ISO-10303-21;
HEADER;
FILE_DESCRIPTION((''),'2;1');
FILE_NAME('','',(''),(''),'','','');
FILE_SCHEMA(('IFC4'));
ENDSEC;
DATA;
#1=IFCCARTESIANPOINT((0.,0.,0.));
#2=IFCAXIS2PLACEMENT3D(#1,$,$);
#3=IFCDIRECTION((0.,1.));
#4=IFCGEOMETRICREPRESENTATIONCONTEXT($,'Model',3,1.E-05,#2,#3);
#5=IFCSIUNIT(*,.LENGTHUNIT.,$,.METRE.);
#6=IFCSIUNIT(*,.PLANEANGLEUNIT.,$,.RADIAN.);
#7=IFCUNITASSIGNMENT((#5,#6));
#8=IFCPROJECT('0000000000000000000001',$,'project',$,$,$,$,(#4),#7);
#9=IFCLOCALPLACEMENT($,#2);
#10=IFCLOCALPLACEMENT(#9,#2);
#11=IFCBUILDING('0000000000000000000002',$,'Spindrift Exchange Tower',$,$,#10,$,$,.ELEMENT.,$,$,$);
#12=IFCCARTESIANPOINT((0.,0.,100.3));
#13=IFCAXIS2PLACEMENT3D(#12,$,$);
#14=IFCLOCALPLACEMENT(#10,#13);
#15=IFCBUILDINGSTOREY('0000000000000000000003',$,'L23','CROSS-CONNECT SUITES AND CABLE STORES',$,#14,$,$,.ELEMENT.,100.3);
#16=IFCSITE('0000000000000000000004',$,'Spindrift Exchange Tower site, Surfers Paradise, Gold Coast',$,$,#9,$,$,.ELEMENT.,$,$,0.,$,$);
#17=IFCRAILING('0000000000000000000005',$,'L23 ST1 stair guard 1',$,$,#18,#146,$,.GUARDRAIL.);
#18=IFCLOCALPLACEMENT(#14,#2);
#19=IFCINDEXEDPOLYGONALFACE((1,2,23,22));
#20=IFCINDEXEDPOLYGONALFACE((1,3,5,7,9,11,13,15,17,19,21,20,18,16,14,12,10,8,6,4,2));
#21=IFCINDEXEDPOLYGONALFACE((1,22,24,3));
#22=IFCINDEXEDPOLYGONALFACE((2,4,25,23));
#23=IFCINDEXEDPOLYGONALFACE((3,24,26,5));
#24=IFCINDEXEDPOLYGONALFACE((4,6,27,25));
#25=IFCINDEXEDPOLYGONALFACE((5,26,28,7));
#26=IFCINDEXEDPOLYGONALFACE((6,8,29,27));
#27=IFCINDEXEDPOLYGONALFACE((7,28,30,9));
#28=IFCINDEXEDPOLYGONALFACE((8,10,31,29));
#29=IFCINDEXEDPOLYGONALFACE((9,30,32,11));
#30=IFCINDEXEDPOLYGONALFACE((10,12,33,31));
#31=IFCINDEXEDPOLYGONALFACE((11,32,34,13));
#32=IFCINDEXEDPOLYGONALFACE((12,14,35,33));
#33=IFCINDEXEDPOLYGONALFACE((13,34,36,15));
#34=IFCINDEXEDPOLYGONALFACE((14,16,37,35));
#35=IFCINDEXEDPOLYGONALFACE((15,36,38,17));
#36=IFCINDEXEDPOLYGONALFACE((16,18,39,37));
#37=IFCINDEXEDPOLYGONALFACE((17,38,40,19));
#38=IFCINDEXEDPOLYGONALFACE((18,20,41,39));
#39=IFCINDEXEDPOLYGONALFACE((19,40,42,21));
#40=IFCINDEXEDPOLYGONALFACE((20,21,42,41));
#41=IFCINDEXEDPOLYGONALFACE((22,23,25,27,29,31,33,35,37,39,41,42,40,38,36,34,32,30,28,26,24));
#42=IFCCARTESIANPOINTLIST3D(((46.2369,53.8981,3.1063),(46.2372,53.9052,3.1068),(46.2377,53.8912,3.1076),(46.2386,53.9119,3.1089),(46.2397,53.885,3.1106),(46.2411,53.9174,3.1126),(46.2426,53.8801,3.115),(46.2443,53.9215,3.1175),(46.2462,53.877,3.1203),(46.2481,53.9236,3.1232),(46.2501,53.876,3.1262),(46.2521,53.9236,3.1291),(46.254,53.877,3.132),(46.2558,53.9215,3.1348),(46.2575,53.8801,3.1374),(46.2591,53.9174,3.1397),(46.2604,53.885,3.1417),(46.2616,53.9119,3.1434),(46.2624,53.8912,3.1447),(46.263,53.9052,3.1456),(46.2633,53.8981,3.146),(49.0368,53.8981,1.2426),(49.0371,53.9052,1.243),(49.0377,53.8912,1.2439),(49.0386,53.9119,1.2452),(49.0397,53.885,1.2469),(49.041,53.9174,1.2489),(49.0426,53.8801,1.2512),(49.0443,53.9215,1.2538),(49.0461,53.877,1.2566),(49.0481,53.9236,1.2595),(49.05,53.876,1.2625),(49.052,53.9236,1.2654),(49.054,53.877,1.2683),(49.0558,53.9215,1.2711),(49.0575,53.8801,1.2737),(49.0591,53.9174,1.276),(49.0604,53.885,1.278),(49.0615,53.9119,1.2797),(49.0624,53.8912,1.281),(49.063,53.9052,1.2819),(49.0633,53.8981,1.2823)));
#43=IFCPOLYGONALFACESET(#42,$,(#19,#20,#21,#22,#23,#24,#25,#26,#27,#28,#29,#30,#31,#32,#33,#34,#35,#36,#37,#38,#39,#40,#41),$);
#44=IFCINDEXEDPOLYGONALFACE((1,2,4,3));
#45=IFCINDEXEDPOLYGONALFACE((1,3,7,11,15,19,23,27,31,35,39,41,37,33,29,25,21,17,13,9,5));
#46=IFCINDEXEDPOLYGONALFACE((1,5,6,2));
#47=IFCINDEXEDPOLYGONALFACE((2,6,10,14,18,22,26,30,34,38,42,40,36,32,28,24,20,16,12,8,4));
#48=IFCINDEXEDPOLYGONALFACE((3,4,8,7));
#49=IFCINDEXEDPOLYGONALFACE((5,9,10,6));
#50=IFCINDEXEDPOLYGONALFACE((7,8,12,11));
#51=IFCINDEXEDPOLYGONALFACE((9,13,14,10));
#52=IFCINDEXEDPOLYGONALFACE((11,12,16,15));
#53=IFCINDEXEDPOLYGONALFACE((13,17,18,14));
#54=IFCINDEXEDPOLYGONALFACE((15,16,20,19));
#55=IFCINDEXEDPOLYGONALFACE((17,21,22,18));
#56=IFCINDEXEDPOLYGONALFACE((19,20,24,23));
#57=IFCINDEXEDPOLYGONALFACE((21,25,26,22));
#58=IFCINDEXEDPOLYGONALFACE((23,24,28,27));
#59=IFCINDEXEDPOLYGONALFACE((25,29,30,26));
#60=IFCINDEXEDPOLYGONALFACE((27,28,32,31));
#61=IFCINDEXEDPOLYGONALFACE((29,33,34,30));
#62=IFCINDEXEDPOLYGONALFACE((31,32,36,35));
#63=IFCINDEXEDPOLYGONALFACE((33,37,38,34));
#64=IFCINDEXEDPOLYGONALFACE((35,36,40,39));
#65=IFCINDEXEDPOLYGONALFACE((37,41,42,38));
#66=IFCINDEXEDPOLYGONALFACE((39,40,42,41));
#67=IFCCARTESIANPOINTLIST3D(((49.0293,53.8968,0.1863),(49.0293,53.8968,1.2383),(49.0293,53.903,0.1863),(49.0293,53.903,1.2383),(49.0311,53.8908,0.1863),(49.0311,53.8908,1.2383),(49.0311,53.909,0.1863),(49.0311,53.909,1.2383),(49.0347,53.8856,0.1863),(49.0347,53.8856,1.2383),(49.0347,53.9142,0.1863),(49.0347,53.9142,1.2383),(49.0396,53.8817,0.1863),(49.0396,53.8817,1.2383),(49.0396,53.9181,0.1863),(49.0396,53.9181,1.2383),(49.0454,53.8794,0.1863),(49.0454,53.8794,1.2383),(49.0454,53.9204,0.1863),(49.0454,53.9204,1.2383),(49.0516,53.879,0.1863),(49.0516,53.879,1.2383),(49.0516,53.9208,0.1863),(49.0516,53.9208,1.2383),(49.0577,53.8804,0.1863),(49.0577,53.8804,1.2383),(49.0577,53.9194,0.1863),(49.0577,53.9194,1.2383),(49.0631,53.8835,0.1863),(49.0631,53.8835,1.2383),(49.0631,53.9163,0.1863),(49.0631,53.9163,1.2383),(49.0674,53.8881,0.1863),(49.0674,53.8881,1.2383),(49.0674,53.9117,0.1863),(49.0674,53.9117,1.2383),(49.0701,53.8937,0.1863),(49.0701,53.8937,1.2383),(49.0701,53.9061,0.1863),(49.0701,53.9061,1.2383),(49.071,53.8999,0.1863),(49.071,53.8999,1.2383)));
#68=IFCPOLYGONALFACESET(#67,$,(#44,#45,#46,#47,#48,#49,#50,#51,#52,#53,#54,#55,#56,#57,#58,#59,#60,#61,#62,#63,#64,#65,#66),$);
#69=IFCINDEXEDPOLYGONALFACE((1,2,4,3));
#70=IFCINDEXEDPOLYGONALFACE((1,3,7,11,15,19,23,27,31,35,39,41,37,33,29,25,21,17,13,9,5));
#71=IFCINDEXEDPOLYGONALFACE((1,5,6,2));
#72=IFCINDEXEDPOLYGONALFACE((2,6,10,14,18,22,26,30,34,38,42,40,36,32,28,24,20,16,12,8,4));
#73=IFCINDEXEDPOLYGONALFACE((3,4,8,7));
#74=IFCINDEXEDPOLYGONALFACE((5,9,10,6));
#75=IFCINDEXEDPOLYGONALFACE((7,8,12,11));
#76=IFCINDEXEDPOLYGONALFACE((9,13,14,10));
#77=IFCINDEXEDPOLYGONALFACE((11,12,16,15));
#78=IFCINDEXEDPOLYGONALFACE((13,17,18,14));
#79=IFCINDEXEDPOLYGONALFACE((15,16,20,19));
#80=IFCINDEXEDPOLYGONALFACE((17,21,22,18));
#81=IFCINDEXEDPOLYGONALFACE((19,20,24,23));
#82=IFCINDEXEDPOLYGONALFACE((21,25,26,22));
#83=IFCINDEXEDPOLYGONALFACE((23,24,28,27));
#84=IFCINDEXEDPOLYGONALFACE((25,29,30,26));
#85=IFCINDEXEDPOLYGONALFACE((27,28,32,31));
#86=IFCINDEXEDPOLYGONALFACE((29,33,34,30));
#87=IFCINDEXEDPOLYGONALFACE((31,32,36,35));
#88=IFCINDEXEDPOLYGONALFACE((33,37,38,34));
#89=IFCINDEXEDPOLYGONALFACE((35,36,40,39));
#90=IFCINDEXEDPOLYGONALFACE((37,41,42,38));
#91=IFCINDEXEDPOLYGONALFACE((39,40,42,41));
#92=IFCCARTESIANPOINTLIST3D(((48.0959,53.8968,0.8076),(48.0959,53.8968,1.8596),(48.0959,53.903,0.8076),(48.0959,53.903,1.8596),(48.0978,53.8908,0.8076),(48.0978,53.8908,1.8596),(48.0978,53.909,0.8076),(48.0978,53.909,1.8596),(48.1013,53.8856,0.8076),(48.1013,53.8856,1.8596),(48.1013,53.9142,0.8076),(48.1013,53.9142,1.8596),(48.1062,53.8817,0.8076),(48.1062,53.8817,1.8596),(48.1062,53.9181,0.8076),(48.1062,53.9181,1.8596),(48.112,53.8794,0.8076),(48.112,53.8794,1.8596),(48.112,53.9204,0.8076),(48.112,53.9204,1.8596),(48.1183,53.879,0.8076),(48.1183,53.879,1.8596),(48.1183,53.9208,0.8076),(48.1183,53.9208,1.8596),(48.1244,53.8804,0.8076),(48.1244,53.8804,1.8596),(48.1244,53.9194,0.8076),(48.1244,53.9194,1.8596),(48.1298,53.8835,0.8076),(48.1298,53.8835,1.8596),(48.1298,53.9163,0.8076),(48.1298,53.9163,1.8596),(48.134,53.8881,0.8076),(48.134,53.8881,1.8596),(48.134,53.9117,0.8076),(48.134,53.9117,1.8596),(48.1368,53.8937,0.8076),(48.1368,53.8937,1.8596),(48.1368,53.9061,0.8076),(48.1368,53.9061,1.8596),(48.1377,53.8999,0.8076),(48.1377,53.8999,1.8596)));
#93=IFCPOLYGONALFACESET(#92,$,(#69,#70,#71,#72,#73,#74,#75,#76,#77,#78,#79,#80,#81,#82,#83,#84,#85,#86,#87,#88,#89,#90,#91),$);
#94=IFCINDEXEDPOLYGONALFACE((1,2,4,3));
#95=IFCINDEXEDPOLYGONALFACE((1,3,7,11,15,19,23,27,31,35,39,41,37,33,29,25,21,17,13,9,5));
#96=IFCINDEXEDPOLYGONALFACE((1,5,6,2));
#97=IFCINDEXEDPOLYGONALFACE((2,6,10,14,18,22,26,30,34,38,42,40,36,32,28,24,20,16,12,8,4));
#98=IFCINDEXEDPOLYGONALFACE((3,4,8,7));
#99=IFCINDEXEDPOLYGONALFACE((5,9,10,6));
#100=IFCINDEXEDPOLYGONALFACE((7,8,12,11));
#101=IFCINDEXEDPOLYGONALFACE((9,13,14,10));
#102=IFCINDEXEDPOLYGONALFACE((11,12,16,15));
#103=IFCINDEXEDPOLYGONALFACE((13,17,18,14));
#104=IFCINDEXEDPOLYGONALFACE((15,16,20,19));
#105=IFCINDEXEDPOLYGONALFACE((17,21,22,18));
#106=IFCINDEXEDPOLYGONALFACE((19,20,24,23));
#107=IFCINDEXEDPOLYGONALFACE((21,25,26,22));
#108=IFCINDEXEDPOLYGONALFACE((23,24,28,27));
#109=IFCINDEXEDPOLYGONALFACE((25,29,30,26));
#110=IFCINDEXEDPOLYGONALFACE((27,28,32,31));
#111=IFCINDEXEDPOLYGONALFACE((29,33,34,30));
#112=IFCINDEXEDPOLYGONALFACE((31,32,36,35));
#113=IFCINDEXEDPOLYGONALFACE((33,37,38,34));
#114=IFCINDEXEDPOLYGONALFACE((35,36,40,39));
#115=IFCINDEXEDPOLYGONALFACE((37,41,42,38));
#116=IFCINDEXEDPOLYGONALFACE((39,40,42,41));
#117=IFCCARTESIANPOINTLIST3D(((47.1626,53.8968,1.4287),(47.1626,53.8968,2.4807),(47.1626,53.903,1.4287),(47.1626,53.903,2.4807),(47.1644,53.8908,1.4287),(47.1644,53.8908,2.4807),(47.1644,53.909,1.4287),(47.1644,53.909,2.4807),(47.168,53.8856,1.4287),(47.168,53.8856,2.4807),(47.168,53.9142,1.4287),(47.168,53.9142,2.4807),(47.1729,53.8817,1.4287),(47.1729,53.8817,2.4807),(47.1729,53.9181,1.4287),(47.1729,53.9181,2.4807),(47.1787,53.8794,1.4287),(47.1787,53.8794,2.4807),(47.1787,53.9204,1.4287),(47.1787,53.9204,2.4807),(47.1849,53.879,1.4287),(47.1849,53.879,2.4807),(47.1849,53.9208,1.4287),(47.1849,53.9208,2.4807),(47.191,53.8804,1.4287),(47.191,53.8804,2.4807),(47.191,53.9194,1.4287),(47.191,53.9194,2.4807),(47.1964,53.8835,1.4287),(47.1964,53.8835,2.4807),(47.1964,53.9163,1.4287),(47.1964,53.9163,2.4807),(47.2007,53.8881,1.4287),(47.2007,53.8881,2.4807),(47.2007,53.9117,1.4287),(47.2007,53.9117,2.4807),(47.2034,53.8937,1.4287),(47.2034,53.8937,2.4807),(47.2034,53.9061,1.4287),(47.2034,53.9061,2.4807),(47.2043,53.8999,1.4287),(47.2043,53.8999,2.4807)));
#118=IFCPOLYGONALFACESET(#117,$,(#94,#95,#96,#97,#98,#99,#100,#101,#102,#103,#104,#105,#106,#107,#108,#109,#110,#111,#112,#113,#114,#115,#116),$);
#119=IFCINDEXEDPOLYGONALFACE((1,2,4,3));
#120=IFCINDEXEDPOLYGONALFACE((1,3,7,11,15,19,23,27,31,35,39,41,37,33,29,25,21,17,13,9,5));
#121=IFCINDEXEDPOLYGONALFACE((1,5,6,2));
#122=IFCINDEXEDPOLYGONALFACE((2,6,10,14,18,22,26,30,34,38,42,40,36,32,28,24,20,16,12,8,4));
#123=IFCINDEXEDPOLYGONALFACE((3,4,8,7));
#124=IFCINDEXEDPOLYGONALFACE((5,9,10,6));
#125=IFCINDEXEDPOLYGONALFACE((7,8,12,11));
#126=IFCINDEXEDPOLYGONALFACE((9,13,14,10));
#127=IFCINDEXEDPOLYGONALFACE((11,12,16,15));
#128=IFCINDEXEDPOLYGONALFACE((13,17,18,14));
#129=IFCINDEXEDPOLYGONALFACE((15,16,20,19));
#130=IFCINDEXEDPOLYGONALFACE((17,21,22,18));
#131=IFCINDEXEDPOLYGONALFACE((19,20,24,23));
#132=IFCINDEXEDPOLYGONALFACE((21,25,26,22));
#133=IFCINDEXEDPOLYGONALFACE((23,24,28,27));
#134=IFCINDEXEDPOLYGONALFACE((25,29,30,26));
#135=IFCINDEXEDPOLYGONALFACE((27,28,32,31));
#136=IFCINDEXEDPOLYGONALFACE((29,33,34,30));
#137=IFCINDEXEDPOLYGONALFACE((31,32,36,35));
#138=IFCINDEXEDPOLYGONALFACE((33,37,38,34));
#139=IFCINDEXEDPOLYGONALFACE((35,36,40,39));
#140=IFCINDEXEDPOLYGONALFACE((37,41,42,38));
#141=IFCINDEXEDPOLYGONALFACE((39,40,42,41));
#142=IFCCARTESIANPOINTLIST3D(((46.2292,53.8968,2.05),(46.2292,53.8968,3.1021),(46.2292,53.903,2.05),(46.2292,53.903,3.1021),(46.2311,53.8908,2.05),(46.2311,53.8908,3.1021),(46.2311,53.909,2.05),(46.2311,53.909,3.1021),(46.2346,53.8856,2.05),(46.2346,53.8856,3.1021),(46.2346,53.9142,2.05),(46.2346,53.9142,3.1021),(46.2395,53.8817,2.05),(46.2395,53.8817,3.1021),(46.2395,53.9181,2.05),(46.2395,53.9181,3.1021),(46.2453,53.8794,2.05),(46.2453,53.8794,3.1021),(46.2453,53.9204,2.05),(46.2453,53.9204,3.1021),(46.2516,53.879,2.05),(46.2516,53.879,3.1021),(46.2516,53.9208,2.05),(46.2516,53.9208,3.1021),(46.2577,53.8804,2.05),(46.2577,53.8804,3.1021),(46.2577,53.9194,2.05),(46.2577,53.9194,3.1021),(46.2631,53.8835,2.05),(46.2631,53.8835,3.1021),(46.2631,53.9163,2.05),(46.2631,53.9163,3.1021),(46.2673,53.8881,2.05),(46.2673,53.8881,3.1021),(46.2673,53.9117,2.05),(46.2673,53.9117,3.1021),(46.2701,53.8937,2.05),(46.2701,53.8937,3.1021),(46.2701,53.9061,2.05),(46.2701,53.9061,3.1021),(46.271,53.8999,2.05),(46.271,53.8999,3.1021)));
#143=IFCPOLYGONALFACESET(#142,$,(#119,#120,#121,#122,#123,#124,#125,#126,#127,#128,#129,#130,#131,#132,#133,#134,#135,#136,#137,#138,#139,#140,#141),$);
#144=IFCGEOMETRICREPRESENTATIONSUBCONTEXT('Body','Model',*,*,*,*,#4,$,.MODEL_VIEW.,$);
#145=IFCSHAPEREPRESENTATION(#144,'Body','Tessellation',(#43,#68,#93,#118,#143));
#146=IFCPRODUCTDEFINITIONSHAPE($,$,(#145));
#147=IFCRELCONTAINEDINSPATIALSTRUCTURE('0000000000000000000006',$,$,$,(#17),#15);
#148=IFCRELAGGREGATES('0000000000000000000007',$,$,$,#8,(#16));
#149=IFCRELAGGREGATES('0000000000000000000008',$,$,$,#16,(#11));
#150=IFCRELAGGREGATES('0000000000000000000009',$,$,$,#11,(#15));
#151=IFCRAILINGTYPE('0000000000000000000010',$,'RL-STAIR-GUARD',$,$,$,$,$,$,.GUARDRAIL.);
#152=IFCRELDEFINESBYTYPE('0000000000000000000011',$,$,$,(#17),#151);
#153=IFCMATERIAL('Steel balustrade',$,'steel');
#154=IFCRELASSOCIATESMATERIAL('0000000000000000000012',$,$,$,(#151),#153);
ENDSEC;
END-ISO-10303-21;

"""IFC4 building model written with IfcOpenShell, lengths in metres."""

from ifc_helpers import new_model, si_unit, direction, frame, origin, origin_2d, place, context, subcontext, project, spatial, circle, extrude, material, type_object, element, save


model = new_model("IFC4")

# Units and contexts
model_context = context("Model", 3, precision=1e-05, world=origin(), true_north=direction((0.0, 1.0)))
body_context = subcontext(model_context, "Body", "Model", "MODEL_VIEW")
ifc_project = project(units=[si_unit("LENGTHUNIT", "METRE"), si_unit("PLANEANGLEUNIT", "RADIAN")], contexts=[model_context])

# Site, building, storey
site_placement = place(None, origin())
site = spatial("IfcSite", under=ifc_project, at=site_placement, Name="Spindrift Exchange Tower site, Surfers Paradise, Gold Coast", CompositionType="ELEMENT", RefElevation=0.0)
building_placement = place(site_placement, origin())
building = spatial("IfcBuilding", under=site, at=building_placement, Name="Spindrift Exchange Tower", CompositionType="ELEMENT")
storey_placement = place(building_placement, frame((0.0, 0.0, 100.3)))
storey = spatial("IfcBuildingStorey", under=building, at=storey_placement, Name="L23", Description="CROSS-CONNECT SUITES AND CABLE STORES", CompositionType="ELEMENT", Elevation=100.3)

# Railing
ifc_material_1 = material(Name="Steel balustrade", Category="steel")
railing_type_1 = type_object("IfcRailingType", Name="RL-STAIR-GUARD", PredefinedType="GUARDRAIL", material=ifc_material_1)
railing_1_placement = place(storey_placement, frame((49.05, 53.8999, 0.1863)))
element("IfcRailing", 1, at=railing_1_placement, inside=storey, type_object=railing_type_1, Name="L23 ST1 stair guard 1", PredefinedType="GUARDRAIL", context=body_context, shape_type="SweptSolid", body=[
    extrude(circle(Radius=0.0239, at=origin_2d()), frame((0.0, 0.0, 1.0762), z_axis=(-0.832452, 0.0, 0.554097), x_axis=(0.0, -1.0, 0.0)), (0.0, 0.0, 1.0), 3.3635),
    extrude(circle(Radius=0.021, at=origin_2d()), origin(), (0.0, 0.0, 1.0), 1.052),
    extrude(circle(Radius=0.021, at=origin_2d()), frame((-0.9333, 0.0, 0.6213)), (0.0, 0.0, 1.0), 1.052),
    extrude(circle(Radius=0.021, at=origin_2d()), frame((-1.8667, 0.0, 1.2424)), (0.0, 0.0, 1.0), 1.052),
    extrude(circle(Radius=0.021, at=origin_2d()), frame((-2.8, 0.0, 1.8638)), (0.0, 0.0, 1.0), 1.052),
])

save(model, "model.ifc")
